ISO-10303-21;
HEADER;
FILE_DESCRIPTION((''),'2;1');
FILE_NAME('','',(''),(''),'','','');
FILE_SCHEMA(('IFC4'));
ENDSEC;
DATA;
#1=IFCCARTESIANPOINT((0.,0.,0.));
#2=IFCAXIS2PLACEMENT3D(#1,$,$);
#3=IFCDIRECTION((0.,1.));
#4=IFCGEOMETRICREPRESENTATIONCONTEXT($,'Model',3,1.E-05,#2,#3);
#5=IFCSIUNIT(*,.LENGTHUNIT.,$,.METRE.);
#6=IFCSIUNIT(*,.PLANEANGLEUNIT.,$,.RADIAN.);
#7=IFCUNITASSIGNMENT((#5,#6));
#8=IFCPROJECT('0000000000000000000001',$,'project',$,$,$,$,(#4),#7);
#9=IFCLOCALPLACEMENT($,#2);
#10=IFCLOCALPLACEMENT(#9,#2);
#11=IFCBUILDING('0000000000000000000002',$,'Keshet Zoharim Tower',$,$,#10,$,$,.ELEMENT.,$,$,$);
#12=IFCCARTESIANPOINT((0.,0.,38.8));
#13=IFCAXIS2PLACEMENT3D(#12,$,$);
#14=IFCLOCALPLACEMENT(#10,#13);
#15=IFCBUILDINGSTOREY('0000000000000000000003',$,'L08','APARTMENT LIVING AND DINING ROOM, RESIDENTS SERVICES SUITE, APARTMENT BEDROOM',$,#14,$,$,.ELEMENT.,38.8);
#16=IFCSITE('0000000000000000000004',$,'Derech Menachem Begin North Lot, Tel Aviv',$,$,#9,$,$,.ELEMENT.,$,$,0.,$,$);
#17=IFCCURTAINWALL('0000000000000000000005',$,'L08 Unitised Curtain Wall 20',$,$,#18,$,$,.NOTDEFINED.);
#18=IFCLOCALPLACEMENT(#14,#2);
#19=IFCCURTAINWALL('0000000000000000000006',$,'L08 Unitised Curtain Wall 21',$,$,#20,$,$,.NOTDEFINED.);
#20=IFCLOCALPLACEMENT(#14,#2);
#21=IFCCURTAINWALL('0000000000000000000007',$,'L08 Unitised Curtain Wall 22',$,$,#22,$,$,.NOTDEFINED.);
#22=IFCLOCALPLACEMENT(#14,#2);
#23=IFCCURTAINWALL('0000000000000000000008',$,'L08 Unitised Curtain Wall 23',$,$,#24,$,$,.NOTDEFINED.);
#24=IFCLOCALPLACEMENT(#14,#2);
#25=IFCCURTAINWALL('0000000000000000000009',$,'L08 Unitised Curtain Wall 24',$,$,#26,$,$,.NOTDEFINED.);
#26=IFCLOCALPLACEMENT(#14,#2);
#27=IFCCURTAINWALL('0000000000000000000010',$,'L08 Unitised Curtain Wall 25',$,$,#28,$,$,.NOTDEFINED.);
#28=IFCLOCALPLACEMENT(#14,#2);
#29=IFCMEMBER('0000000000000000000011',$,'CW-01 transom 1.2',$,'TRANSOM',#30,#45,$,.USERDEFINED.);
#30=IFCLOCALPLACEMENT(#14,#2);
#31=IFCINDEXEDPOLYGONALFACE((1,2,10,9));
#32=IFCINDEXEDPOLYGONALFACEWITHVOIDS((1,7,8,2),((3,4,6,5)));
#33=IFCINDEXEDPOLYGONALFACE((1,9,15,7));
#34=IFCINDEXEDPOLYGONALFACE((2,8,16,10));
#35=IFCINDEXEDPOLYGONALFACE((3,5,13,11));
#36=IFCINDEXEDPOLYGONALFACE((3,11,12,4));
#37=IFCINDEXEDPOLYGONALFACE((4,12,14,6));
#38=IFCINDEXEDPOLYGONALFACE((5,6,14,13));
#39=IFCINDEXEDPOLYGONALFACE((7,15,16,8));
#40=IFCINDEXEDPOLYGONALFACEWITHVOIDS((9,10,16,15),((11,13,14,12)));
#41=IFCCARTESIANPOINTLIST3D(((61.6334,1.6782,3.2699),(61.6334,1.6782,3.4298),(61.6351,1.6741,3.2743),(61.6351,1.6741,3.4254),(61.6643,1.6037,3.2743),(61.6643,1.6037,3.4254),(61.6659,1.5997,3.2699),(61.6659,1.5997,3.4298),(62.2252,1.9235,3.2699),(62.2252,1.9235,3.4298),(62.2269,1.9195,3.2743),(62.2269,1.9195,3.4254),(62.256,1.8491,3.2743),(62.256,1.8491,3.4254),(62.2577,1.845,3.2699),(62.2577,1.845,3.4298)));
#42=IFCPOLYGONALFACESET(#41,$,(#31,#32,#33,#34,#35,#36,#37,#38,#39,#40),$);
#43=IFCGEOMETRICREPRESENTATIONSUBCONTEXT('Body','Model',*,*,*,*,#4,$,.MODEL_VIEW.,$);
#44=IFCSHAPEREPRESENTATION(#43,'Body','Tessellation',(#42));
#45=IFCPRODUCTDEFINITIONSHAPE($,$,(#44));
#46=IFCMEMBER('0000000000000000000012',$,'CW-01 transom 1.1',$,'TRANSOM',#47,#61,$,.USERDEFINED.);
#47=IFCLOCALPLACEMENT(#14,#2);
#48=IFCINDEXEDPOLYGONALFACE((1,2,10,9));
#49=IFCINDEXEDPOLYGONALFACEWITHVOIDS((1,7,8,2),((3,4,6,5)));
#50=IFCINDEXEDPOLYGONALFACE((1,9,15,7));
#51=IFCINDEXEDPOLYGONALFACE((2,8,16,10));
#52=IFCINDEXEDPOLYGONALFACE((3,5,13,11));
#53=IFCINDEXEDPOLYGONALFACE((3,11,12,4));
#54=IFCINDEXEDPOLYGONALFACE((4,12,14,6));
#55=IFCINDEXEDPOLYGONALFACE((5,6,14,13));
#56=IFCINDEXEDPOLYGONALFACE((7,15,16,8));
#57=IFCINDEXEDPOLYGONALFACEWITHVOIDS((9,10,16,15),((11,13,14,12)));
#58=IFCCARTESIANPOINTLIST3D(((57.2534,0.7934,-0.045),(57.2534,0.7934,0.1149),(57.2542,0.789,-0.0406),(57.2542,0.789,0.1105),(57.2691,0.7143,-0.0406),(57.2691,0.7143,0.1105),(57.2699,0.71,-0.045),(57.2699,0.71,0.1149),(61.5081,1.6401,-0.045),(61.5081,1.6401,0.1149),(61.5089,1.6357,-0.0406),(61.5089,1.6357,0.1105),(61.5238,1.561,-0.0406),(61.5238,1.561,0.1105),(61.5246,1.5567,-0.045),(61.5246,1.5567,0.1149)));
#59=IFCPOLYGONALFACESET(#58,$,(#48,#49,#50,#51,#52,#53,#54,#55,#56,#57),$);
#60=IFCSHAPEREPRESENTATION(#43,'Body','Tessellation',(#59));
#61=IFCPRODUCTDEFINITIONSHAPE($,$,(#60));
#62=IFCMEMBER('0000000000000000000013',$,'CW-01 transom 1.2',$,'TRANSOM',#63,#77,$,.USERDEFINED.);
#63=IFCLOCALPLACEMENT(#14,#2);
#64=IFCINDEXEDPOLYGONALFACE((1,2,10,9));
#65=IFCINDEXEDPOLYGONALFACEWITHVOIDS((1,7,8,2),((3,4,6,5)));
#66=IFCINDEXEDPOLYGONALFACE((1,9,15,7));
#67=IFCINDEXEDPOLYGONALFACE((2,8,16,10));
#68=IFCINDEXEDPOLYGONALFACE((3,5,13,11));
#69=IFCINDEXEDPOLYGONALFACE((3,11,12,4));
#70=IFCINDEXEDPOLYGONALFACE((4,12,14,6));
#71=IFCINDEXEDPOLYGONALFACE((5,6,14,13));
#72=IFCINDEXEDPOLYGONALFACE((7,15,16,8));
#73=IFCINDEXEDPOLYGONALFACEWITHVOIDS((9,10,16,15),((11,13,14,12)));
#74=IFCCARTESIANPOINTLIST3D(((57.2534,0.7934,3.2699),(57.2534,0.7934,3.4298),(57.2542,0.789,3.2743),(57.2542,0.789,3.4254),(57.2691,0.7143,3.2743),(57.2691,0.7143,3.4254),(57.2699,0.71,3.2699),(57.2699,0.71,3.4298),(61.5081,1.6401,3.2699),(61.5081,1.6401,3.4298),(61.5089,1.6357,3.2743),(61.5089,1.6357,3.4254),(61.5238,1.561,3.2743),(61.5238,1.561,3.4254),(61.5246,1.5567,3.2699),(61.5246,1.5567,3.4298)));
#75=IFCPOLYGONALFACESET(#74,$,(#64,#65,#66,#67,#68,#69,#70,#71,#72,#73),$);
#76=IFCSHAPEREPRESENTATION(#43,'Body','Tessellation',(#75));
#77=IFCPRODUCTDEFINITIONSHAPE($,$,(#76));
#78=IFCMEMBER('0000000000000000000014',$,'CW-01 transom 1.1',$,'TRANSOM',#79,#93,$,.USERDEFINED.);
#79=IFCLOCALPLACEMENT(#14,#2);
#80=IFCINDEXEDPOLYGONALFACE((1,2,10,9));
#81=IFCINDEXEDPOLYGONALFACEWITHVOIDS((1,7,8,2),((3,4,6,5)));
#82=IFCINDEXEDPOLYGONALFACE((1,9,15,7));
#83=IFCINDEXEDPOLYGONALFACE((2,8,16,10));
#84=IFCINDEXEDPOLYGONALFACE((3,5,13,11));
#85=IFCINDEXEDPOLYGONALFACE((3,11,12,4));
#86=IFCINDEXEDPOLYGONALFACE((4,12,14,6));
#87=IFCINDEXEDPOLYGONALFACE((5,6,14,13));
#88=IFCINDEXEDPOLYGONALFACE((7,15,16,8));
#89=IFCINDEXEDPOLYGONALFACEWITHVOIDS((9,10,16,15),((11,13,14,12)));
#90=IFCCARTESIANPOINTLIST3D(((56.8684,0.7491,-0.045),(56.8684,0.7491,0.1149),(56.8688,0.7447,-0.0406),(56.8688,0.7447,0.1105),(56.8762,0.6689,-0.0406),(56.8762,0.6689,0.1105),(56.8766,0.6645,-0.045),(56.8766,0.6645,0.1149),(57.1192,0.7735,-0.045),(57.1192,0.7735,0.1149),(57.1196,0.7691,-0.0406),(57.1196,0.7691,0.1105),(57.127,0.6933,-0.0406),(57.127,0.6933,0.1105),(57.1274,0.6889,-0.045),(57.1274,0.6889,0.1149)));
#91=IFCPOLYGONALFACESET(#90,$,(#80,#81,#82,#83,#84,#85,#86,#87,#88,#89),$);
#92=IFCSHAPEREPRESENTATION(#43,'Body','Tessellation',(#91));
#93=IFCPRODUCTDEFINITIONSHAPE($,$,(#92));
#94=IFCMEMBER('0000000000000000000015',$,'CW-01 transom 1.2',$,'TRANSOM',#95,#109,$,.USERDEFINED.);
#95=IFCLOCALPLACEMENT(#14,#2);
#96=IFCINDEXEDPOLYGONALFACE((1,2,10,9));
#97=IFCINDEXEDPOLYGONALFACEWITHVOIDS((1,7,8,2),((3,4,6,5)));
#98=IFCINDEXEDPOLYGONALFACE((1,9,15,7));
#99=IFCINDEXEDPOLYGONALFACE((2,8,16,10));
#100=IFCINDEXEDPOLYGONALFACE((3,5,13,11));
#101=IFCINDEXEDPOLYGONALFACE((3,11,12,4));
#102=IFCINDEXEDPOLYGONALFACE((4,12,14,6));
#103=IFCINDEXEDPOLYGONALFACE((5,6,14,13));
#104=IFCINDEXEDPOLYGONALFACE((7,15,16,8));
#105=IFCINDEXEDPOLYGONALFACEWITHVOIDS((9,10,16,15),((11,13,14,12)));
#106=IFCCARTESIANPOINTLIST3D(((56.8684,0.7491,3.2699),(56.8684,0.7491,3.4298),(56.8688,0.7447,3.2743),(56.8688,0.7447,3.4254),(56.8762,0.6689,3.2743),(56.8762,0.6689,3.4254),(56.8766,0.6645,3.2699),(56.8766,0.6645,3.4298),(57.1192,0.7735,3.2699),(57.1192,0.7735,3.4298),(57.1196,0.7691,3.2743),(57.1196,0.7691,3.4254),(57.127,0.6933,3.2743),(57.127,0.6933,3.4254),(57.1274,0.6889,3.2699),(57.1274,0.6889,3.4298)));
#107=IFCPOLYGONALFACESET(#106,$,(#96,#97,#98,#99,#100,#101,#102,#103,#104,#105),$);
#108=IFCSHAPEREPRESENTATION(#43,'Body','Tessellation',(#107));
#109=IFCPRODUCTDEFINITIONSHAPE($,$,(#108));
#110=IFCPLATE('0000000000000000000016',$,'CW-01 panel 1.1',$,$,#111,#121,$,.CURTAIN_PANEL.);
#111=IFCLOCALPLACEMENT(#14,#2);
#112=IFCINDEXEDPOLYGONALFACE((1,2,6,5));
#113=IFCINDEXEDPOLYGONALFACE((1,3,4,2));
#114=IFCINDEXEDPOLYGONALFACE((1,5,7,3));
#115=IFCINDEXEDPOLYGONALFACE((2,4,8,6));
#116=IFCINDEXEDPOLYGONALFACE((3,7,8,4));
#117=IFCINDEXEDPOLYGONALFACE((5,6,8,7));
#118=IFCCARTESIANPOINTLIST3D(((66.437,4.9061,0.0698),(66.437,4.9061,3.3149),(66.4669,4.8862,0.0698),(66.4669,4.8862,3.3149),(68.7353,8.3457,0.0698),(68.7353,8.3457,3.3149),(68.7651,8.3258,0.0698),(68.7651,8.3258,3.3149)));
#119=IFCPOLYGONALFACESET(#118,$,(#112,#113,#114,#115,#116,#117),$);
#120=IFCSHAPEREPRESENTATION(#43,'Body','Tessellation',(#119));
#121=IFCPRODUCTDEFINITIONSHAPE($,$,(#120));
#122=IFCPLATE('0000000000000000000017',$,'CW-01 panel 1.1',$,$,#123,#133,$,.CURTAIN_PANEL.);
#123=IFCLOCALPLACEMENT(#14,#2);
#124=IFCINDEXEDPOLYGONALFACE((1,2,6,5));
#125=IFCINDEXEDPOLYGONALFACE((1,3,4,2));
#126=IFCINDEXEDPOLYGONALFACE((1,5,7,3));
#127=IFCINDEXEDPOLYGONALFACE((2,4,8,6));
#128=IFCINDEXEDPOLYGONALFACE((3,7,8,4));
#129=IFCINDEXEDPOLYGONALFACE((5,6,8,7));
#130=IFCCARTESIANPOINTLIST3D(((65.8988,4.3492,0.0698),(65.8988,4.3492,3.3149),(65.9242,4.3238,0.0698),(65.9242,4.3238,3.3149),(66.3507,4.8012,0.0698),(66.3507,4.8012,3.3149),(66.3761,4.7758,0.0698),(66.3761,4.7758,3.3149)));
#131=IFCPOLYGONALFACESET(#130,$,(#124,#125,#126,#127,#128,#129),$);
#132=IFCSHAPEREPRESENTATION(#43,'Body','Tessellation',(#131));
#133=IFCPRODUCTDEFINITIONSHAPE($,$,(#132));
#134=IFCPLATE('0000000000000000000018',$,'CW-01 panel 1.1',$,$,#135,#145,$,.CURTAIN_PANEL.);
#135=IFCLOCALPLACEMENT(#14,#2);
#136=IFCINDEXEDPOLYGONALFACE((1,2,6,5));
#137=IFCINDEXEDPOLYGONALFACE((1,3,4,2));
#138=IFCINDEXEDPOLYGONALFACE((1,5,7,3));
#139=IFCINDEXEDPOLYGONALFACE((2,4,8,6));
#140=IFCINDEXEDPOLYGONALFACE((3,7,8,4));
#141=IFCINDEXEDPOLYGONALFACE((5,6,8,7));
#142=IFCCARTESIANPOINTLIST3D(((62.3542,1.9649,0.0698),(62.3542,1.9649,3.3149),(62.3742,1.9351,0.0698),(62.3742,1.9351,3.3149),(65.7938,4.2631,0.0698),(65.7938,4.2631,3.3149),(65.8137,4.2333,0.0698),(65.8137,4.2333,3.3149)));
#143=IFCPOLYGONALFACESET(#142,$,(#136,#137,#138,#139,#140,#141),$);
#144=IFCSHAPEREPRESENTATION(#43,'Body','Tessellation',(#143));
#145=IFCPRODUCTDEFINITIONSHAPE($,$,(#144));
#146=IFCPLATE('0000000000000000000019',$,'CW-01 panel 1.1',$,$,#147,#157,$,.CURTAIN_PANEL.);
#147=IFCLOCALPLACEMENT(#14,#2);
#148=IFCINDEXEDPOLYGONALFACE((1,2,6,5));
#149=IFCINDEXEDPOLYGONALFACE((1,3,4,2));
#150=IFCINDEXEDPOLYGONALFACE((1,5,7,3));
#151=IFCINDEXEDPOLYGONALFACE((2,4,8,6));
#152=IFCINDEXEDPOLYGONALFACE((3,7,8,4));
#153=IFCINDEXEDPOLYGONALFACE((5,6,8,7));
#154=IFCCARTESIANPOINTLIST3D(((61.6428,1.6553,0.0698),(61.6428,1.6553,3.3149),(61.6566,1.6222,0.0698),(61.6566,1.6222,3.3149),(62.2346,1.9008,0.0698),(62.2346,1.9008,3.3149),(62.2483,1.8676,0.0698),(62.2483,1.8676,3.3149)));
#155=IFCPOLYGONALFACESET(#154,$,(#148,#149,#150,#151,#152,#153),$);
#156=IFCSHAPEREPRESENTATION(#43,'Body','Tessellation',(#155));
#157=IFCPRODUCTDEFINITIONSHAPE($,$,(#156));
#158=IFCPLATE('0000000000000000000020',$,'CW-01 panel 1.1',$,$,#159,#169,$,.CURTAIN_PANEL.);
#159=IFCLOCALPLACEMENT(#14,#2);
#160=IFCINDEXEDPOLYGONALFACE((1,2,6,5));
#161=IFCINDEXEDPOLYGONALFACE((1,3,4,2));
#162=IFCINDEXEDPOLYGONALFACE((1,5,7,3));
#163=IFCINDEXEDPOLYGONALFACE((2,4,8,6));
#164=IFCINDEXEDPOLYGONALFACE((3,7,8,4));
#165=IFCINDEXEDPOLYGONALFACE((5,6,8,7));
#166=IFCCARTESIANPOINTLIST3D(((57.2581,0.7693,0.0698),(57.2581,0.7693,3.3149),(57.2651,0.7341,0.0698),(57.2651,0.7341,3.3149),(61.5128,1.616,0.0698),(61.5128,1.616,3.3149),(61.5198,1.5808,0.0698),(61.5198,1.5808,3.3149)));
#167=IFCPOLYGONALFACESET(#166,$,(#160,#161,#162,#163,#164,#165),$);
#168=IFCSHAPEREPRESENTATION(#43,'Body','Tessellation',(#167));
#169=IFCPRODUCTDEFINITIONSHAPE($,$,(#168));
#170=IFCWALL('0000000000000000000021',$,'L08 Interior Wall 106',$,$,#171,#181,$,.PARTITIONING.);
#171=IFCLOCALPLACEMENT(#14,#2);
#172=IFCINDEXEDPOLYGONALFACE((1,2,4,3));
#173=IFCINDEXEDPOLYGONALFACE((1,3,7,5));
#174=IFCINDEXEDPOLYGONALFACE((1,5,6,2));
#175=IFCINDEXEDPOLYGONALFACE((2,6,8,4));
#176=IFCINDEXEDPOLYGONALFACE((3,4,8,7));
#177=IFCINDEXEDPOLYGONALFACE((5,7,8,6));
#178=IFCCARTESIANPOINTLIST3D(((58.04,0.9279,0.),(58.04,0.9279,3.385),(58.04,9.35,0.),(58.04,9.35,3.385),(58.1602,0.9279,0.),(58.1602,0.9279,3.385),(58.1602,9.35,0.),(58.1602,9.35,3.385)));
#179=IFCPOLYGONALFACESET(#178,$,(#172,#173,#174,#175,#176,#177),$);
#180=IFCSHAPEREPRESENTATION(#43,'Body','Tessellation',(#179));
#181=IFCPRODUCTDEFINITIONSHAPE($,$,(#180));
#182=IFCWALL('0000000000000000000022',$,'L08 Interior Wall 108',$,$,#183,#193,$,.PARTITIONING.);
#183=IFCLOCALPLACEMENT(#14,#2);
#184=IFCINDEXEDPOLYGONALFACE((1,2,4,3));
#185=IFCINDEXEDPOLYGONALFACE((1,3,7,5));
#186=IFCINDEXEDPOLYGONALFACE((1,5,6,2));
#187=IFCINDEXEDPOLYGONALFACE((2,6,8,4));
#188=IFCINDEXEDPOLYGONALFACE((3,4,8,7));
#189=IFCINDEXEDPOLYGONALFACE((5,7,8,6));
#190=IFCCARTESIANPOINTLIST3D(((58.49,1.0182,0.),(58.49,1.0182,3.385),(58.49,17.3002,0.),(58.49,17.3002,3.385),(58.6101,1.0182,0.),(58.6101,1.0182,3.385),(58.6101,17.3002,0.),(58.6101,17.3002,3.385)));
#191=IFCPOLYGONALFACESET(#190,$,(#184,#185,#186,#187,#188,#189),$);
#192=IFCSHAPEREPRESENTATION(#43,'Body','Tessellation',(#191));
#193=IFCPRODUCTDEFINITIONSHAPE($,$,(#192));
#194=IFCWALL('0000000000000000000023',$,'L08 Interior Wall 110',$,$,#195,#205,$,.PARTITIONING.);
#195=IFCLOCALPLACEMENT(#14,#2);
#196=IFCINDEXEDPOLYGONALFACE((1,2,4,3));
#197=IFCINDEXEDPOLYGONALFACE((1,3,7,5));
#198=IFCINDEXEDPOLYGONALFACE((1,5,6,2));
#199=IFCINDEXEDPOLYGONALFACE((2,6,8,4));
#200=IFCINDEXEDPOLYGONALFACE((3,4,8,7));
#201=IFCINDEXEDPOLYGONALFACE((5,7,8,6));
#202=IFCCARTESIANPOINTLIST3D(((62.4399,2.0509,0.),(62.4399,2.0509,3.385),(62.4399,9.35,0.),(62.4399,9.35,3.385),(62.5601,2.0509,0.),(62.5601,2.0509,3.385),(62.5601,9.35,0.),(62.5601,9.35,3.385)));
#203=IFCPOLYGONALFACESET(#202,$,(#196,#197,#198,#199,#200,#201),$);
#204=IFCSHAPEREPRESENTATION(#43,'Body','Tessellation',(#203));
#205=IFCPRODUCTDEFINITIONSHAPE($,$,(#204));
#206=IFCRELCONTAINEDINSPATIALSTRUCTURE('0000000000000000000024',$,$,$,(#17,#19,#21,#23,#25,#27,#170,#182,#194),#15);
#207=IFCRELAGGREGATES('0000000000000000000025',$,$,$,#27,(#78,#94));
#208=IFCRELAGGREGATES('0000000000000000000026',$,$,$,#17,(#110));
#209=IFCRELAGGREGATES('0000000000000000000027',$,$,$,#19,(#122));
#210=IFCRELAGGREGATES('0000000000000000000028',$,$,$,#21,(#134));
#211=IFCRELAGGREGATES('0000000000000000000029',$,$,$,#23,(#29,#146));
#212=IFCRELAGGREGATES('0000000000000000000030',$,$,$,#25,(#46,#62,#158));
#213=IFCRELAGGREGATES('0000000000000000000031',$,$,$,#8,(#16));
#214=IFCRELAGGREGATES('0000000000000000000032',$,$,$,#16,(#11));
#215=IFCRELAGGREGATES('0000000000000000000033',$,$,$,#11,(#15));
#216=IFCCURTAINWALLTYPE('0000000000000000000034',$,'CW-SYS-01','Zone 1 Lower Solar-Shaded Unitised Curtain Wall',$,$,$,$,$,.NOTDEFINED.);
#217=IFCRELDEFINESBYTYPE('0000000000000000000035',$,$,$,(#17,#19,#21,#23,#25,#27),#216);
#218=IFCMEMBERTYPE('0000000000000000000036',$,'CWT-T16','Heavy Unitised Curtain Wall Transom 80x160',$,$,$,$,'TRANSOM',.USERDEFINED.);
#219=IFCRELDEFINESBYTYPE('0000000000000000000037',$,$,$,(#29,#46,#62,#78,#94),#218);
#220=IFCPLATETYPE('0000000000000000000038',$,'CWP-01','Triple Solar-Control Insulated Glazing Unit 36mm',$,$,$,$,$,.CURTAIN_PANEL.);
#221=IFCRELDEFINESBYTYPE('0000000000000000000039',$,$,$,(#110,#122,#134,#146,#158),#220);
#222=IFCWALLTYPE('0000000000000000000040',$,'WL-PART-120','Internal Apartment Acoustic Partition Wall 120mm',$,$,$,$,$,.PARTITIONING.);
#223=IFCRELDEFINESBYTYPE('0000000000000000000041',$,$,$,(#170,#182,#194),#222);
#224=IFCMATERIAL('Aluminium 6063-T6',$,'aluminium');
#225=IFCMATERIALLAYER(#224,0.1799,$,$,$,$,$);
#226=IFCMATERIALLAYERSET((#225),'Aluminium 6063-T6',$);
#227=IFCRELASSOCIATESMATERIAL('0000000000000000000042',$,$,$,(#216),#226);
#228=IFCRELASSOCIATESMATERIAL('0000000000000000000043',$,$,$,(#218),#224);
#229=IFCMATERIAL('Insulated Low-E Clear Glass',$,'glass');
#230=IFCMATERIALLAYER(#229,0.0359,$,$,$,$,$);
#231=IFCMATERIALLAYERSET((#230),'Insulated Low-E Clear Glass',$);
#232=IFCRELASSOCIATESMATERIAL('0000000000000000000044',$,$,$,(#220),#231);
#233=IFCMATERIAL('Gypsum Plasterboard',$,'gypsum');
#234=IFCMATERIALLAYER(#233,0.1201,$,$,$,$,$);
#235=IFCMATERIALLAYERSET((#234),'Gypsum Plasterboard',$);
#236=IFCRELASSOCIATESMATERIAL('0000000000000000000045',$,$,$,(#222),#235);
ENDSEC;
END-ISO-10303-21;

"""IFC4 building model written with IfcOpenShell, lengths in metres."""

from ifc_helpers import new_model, si_unit, direction, frame, frame_2d, origin, origin_2d, place, context, subcontext, project, spatial, rectangle, hollow_rectangle, extrude, material, layer, layer_set, material_profile, profile_set, type_object, element, aggregate, save


model = new_model("IFC4")

# Units and contexts
model_context = context("Model", 3, precision=1e-05, world=origin(), true_north=direction((0.0, 1.0)))
body_context = subcontext(model_context, "Body", "Model", "MODEL_VIEW")
ifc_project = project(units=[si_unit("LENGTHUNIT", "METRE"), si_unit("PLANEANGLEUNIT", "RADIAN")], contexts=[model_context])

# Site, building, storey
site_placement = place(None, origin())
site = spatial("IfcSite", under=ifc_project, at=site_placement, Name="Derech Menachem Begin North Lot, Tel Aviv", CompositionType="ELEMENT", RefElevation=0.0)
building_placement = place(site_placement, origin())
building = spatial("IfcBuilding", under=site, at=building_placement, Name="Keshet Zoharim Tower", CompositionType="ELEMENT")
storey_placement = place(building_placement, frame((0.0, 0.0, 38.8)))
storey = spatial("IfcBuildingStorey", under=building, at=storey_placement, Name="L08", Description="APARTMENT LIVING AND DINING ROOM, RESIDENTS SERVICES SUITE, APARTMENT BEDROOM", CompositionType="ELEMENT", Elevation=38.8)

# Curtain wall
ifc_material_1 = material(Name="Aluminium 6063-T6", Category="aluminium")
ifc_layer_1 = layer(ifc_material_1, 0.1799)
ifc_layer_set_1 = layer_set([ifc_layer_1], Name="Aluminium 6063-T6")
curtain_wall_type = type_object("IfcCurtainWallType", Name="CW-SYS-01", Description="Zone 1 Lower Solar-Shaded Unitised Curtain Wall", PredefinedType="NOTDEFINED", material=ifc_layer_set_1)
curtain_wall_1_placement = place(storey_placement, origin())
curtain_wall_1 = element("IfcCurtainWall", 1, at=curtain_wall_1_placement, inside=storey, type_object=curtain_wall_type, Name="L08 Unitised Curtain Wall 20", PredefinedType="NOTDEFINED")

# Curtain walls
curtain_wall_2_placement = place(storey_placement, origin())
curtain_wall_2 = element("IfcCurtainWall", 2, at=curtain_wall_2_placement, inside=storey, type_object=curtain_wall_type, Name="L08 Unitised Curtain Wall 21", PredefinedType="NOTDEFINED")
curtain_wall_3_placement = place(storey_placement, origin())
curtain_wall_3 = element("IfcCurtainWall", 3, at=curtain_wall_3_placement, inside=storey, type_object=curtain_wall_type, Name="L08 Unitised Curtain Wall 22", PredefinedType="NOTDEFINED")
curtain_wall_4_placement = place(storey_placement, origin())
curtain_wall_4 = element("IfcCurtainWall", 4, at=curtain_wall_4_placement, inside=storey, type_object=curtain_wall_type, Name="L08 Unitised Curtain Wall 23", PredefinedType="NOTDEFINED")
curtain_wall_5_placement = place(storey_placement, origin())
curtain_wall_5 = element("IfcCurtainWall", 5, at=curtain_wall_5_placement, inside=storey, type_object=curtain_wall_type, Name="L08 Unitised Curtain Wall 24", PredefinedType="NOTDEFINED")

# Curtain wall
curtain_wall_6_placement = place(storey_placement, origin())
curtain_wall_6 = element("IfcCurtainWall", 6, at=curtain_wall_6_placement, inside=storey, type_object=curtain_wall_type, Name="L08 Unitised Curtain Wall 25", PredefinedType="NOTDEFINED")

# Members
ifc_material_profile_1 = material_profile(ifc_material_1, hollow_rectangle(XDim=0.085, YDim=0.1599, WallThickness=0.0044, at=origin_2d()), Name="TRN-85x160")
ifc_profile_set_1 = profile_set([ifc_material_profile_1], Name="Aluminium 6063-T6")
member_type_1 = type_object("IfcMemberType", Name="CWT-T16", Description="Heavy Unitised Curtain Wall Transom 80x160", ElementType="TRANSOM", PredefinedType="USERDEFINED", material=ifc_profile_set_1)
member_1_placement = place(storey_placement, frame((62.2415, 1.8843, 3.3499), z_axis=(-0.923752, -0.382991, 0.0), x_axis=(0.382991, -0.923752, 0.0)))
member_1 = element("IfcMember", 7, at=member_1_placement, type_object=member_type_1, Name="CW-01 transom 1.2", ObjectType="TRANSOM", PredefinedType="USERDEFINED", context=body_context, shape_type="SweptSolid", body=[
    extrude(hollow_rectangle(XDim=0.085, YDim=0.1599, WallThickness=0.0044, at=origin_2d()), origin(), (0.0, 0.0, 1.0), 0.6406),
])
member_2_placement = place(storey_placement, frame((61.5164, 1.5984, 0.0349), z_axis=(-0.980769, -0.195174, 0.0), x_axis=(0.195174, -0.980769, 0.0)))
member_2 = element("IfcMember", 8, at=member_2_placement, type_object=member_type_1, Name="CW-01 transom 1.1", ObjectType="TRANSOM", PredefinedType="USERDEFINED", context=body_context, shape_type="SweptSolid", body=[
    extrude(hollow_rectangle(XDim=0.085, YDim=0.1599, WallThickness=0.0044, at=origin_2d()), origin(), (0.0, 0.0, 1.0), 4.3381),
])
member_3_placement = place(storey_placement, frame((61.5164, 1.5984, 3.3499), z_axis=(-0.980769, -0.195174, 0.0), x_axis=(0.195174, -0.980769, 0.0)))
member_3 = element("IfcMember", 9, at=member_3_placement, type_object=member_type_1, Name="CW-01 transom 1.2", ObjectType="TRANSOM", PredefinedType="USERDEFINED", context=body_context, shape_type="SweptSolid", body=[
    extrude(hollow_rectangle(XDim=0.085, YDim=0.1599, WallThickness=0.0044, at=origin_2d()), origin(), (0.0, 0.0, 1.0), 4.3381),
])
member_4_placement = place(storey_placement, frame((57.1233, 0.7312, 0.0349), z_axis=(-0.995293, -0.096913, 0.0), x_axis=(0.096913, -0.995293, 0.0)))
member_4 = element("IfcMember", 10, at=member_4_placement, type_object=member_type_1, Name="CW-01 transom 1.1", ObjectType="TRANSOM", PredefinedType="USERDEFINED", context=body_context, shape_type="SweptSolid", body=[
    extrude(hollow_rectangle(XDim=0.085, YDim=0.1599, WallThickness=0.0044, at=origin_2d()), origin(), (0.0, 0.0, 1.0), 0.252),
])
member_5_placement = place(storey_placement, frame((57.1233, 0.7312, 3.3499), z_axis=(-0.995293, -0.096913, 0.0), x_axis=(0.096913, -0.995293, 0.0)))
member_5 = element("IfcMember", 11, at=member_5_placement, type_object=member_type_1, Name="CW-01 transom 1.2", ObjectType="TRANSOM", PredefinedType="USERDEFINED", context=body_context, shape_type="SweptSolid", body=[
    extrude(hollow_rectangle(XDim=0.085, YDim=0.1599, WallThickness=0.0044, at=origin_2d()), origin(), (0.0, 0.0, 1.0), 0.252),
])
aggregate(curtain_wall_6, [member_4, member_5])

# Plates
ifc_material_2 = material(Name="Insulated Low-E Clear Glass", Category="glass")
ifc_layer_2 = layer(ifc_material_2, 0.0359)
ifc_layer_set_2 = layer_set([ifc_layer_2], Name="Insulated Low-E Clear Glass")
plate_type = type_object("IfcPlateType", Name="CWP-01", Description="Triple Solar-Control Insulated Glazing Unit 36mm", PredefinedType="CURTAIN_PANEL", material=ifc_layer_set_2)
plate_1_placement = place(storey_placement, frame((67.6011, 6.616, 0.0698), z_axis=(0.0, 0.0, 1.0), x_axis=(-0.555563, -0.831474, 0.0)))
plate_1 = element("IfcPlate", 12, at=plate_1_placement, type_object=plate_type, Name="CW-01 panel 1.1", PredefinedType="CURTAIN_PANEL", context=body_context, shape_type="SweptSolid", body=[
    extrude(rectangle(XDim=4.1367, YDim=0.0359, at=origin_2d()), origin(), (0.0, 0.0, 1.0), 3.2451),
])
aggregate(curtain_wall_1, [plate_1])
plate_2_placement = place(storey_placement, frame((66.1375, 4.5625, 0.0698), z_axis=(0.0, 0.0, 1.0), x_axis=(-0.707107, -0.707107, 0.0)))
plate_2 = element("IfcPlate", 13, at=plate_2_placement, type_object=plate_type, Name="CW-01 panel 1.1", PredefinedType="CURTAIN_PANEL", context=body_context, shape_type="SweptSolid", body=[
    extrude(rectangle(XDim=0.6392, YDim=0.0359, at=origin_2d()), origin(), (0.0, 0.0, 1.0), 3.2451),
])
aggregate(curtain_wall_2, [plate_2])
plate_3_placement = place(storey_placement, frame((64.084, 3.0991, 0.0698), z_axis=(0.0, 0.0, 1.0), x_axis=(-0.831474, -0.555563, 0.0)))
plate_3 = element("IfcPlate", 14, at=plate_3_placement, type_object=plate_type, Name="CW-01 panel 1.1", PredefinedType="CURTAIN_PANEL", context=body_context, shape_type="SweptSolid", body=[
    extrude(rectangle(XDim=4.1367, YDim=0.0359, at=origin_2d()), origin(), (0.0, 0.0, 1.0), 3.2451),
])
aggregate(curtain_wall_3, [plate_3])
plate_4_placement = place(storey_placement, frame((61.9456, 1.7615, 0.0698), z_axis=(0.0, 0.0, 1.0), x_axis=(-0.92372, -0.383068, 0.0)))
plate_4 = element("IfcPlate", 15, at=plate_4_placement, type_object=plate_type, Name="CW-01 panel 1.1", PredefinedType="CURTAIN_PANEL", context=body_context, shape_type="SweptSolid", body=[
    extrude(rectangle(XDim=0.6406, YDim=0.0359, at=origin_2d()), origin(), (0.0, 0.0, 1.0), 3.2451),
])
aggregate(curtain_wall_4, [member_1, plate_4])
plate_5_placement = place(storey_placement, frame((59.3889, 1.175, 0.0698), z_axis=(0.0, 0.0, 1.0), x_axis=(-0.980769, -0.195171, 0.0)))
plate_5 = element("IfcPlate", 16, at=plate_5_placement, type_object=plate_type, Name="CW-01 panel 1.1", PredefinedType="CURTAIN_PANEL", context=body_context, shape_type="SweptSolid", body=[
    extrude(rectangle(XDim=4.3381, YDim=0.0359, at=origin_2d()), origin(), (0.0, 0.0, 1.0), 3.2451),
])
aggregate(curtain_wall_5, [member_2, member_3, plate_5])

# Walls
ifc_material_3 = material(Name="Gypsum Plasterboard", Category="gypsum")
ifc_layer_3 = layer(ifc_material_3, 0.1201)
ifc_layer_set_3 = layer_set([ifc_layer_3], Name="Gypsum Plasterboard")
wall_type = type_object("IfcWallType", Name="WL-PART-120", Description="Internal Apartment Acoustic Partition Wall 120mm", PredefinedType="PARTITIONING", material=ifc_layer_set_3)
wall_1_placement = place(storey_placement, frame((58.1001, 0.928, 0.0), z_axis=(0.0, 0.0, 1.0), x_axis=(0.0, 1.0, 0.0)))
element("IfcWall", 17, at=wall_1_placement, inside=storey, type_object=wall_type, Name="L08 Interior Wall 106", PredefinedType="PARTITIONING", context=body_context, shape_type="SweptSolid", body=[
    extrude(rectangle(XDim=8.4221, YDim=0.1201, at=frame_2d((4.2109, 0.0))), origin(), (0.0, 0.0, 1.0), 3.385),
])
wall_2_placement = place(storey_placement, frame((58.55, 1.0181, 0.0), z_axis=(0.0, 0.0, 1.0), x_axis=(0.0, 1.0, 0.0)))
element("IfcWall", 18, at=wall_2_placement, inside=storey, type_object=wall_type, Name="L08 Interior Wall 108", PredefinedType="PARTITIONING", context=body_context, shape_type="SweptSolid", body=[
    extrude(rectangle(XDim=16.282, YDim=0.1201, at=frame_2d((8.1411, 0.0))), origin(), (0.0, 0.0, 1.0), 3.385),
])
wall_3_placement = place(storey_placement, frame((62.5, 2.051, 0.0), z_axis=(0.0, 0.0, 1.0), x_axis=(0.0, 1.0, 0.0)))
element("IfcWall", 19, at=wall_3_placement, inside=storey, type_object=wall_type, Name="L08 Interior Wall 110", PredefinedType="PARTITIONING", context=body_context, shape_type="SweptSolid", body=[
    extrude(rectangle(XDim=7.2991, YDim=0.1201, at=frame_2d((3.6494, 0.0))), origin(), (0.0, 0.0, 1.0), 3.385),
])

save(model, "model.ifc")
